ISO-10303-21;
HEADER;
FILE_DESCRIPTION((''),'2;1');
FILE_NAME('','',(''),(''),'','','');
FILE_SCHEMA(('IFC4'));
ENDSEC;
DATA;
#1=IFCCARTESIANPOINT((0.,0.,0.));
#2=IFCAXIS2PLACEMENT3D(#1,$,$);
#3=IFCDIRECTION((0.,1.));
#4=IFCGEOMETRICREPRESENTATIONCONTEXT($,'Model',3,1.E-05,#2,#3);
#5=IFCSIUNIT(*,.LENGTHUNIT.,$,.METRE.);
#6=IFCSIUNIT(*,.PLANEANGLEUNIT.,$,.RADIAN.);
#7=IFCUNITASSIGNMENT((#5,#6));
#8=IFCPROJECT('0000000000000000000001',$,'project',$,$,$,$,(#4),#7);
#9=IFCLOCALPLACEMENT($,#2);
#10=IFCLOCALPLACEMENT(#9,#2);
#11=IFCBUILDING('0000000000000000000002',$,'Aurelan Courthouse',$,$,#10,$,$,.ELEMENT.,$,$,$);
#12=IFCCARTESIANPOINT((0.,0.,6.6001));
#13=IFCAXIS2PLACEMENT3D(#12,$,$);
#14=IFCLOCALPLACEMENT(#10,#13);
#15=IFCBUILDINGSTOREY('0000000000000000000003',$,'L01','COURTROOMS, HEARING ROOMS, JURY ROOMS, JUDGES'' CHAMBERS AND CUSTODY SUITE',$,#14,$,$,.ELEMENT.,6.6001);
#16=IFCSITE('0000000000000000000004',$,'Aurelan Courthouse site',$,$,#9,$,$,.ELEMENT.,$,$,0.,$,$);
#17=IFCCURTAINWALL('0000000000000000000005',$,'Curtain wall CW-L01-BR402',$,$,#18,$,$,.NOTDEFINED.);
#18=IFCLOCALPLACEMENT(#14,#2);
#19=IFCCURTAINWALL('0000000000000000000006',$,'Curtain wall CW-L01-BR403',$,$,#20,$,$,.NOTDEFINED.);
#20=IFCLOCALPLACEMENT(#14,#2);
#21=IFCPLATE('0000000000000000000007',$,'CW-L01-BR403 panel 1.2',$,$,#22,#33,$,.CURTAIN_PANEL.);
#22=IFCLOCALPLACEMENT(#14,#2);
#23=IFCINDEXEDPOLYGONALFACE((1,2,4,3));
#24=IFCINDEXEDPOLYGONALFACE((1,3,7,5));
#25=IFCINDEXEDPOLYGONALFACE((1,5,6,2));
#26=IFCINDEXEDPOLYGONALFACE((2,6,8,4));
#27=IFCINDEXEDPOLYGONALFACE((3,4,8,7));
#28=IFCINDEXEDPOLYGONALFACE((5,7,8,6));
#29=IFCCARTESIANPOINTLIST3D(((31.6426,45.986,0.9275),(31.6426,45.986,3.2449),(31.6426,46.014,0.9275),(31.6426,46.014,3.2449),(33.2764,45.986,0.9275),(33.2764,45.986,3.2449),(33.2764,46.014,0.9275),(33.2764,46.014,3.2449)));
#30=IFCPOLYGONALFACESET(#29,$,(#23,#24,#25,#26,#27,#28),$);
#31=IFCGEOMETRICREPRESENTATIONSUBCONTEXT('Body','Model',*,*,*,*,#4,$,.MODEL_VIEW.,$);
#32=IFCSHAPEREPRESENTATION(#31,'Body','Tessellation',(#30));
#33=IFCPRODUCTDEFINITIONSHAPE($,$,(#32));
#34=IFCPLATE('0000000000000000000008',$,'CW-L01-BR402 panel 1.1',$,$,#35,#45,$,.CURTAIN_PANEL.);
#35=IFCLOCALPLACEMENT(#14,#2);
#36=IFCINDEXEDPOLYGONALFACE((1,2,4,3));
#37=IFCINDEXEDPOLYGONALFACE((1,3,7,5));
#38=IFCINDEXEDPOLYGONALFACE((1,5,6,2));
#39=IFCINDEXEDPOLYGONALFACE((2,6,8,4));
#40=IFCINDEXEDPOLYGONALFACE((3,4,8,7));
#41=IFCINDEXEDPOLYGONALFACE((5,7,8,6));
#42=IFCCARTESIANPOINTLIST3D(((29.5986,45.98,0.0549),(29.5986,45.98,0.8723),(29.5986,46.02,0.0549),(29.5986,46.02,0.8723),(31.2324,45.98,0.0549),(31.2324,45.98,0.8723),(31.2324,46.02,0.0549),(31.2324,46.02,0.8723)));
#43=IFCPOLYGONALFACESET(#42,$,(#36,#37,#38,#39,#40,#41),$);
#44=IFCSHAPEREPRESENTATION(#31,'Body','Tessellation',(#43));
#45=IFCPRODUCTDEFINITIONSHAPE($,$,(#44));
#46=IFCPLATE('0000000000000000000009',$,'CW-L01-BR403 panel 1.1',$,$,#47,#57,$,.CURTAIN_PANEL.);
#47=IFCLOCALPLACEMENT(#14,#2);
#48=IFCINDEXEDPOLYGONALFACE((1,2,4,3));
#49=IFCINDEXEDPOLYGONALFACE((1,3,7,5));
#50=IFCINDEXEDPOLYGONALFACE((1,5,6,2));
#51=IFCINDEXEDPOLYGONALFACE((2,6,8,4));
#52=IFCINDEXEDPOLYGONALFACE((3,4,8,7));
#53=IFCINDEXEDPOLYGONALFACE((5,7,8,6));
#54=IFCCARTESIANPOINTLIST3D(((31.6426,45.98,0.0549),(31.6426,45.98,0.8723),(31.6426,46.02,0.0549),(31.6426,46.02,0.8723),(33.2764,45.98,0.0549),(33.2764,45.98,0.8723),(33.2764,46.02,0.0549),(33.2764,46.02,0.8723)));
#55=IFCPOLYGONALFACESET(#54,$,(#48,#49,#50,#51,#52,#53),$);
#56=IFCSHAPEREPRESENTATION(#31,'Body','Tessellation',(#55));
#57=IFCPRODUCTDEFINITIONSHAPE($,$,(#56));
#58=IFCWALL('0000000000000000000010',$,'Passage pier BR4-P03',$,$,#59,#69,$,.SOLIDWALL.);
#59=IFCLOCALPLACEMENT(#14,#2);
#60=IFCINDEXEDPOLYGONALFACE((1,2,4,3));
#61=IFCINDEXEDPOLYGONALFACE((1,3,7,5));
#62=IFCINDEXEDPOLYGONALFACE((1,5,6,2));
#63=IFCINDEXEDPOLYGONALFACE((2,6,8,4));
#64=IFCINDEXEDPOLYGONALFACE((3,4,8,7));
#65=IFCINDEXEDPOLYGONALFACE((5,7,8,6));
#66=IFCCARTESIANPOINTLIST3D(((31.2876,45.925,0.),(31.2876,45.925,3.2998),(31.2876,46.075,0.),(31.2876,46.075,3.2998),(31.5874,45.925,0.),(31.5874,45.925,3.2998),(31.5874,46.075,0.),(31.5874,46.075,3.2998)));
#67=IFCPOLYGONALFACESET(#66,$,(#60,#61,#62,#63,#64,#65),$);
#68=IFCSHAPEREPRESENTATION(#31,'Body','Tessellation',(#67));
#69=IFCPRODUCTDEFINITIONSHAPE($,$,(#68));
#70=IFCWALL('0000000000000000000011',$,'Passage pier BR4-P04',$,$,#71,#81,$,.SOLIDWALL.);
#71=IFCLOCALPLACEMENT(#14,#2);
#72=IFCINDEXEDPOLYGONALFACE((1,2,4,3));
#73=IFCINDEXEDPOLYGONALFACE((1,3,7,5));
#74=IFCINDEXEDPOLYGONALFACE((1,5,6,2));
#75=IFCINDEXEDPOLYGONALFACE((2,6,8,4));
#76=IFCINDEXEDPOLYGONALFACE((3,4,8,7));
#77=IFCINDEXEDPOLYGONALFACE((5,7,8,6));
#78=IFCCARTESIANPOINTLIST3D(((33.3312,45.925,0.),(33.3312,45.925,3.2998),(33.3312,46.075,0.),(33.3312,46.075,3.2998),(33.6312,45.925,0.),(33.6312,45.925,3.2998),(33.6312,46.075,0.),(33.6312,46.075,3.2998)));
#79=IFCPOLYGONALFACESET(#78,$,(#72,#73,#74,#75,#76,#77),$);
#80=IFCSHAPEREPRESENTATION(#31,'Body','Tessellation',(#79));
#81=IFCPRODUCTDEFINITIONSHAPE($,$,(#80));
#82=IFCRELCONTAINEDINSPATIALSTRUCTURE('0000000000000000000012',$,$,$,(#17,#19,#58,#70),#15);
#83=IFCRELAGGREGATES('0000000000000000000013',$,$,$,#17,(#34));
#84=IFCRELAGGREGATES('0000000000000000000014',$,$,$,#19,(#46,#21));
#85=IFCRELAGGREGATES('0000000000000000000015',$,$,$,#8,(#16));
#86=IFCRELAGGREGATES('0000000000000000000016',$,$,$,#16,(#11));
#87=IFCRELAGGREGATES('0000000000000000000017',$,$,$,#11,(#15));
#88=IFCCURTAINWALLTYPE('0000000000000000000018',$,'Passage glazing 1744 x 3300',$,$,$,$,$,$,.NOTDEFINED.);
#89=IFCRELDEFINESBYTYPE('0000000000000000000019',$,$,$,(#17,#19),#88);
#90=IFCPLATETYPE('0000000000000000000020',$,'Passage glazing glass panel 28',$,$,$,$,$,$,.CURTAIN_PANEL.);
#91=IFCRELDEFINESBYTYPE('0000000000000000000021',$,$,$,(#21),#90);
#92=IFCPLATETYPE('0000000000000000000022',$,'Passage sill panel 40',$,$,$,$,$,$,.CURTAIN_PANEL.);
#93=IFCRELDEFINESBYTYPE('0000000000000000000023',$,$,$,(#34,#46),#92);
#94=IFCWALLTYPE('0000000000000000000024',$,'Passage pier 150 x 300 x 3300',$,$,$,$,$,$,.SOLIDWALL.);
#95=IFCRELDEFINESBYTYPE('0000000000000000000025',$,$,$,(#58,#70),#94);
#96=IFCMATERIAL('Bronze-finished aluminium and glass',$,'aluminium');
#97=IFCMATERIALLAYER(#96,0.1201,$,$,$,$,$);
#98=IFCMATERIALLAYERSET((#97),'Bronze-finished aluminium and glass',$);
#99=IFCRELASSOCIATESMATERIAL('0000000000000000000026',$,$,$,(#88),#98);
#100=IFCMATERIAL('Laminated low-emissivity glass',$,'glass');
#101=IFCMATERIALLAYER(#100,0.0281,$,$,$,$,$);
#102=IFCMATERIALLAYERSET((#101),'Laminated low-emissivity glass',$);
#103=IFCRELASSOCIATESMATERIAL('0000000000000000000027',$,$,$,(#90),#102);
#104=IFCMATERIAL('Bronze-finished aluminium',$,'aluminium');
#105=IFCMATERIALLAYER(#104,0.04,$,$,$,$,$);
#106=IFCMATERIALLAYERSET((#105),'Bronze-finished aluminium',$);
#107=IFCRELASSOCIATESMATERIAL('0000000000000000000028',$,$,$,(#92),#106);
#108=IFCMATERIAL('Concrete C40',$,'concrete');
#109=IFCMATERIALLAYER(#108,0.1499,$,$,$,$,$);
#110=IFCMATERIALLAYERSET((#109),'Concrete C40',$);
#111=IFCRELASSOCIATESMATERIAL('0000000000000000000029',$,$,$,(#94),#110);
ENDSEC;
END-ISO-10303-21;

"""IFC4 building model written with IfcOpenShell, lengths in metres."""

from ifc_helpers import new_model, si_unit, direction, frame, frame_2d, origin, origin_2d, place, context, subcontext, project, spatial, rectangle, extrude, material, layer, layer_set, type_object, element, aggregate, save


model = new_model("IFC4")

# Units and contexts
model_context = context("Model", 3, precision=1e-05, world=origin(), true_north=direction((0.0, 1.0)))
body_context = subcontext(model_context, "Body", "Model", "MODEL_VIEW")
ifc_project = project(units=[si_unit("LENGTHUNIT", "METRE"), si_unit("PLANEANGLEUNIT", "RADIAN")], contexts=[model_context])

# Site, building, storey
site_placement = place(None, origin())
site = spatial("IfcSite", under=ifc_project, at=site_placement, Name="Aurelan Courthouse site", CompositionType="ELEMENT", RefElevation=0.0)
building_placement = place(site_placement, origin())
building = spatial("IfcBuilding", under=site, at=building_placement, Name="Aurelan Courthouse", CompositionType="ELEMENT")
storey_placement = place(building_placement, frame((0.0, 0.0, 6.6001)))
storey = spatial("IfcBuildingStorey", under=building, at=storey_placement, Name="L01", Description="COURTROOMS, HEARING ROOMS, JURY ROOMS, JUDGES' CHAMBERS AND CUSTODY SUITE", CompositionType="ELEMENT", Elevation=6.6001)

# Curtain walls
ifc_material_1 = material(Name="Bronze-finished aluminium and glass", Category="aluminium")
ifc_layer_1 = layer(ifc_material_1, 0.1201)
ifc_layer_set_1 = layer_set([ifc_layer_1], Name="Bronze-finished aluminium and glass")
curtain_wall_type_1 = type_object("IfcCurtainWallType", Name="Passage glazing 1744 x 3300", PredefinedType="NOTDEFINED", material=ifc_layer_set_1)
curtain_wall_1_placement = place(storey_placement, origin())
curtain_wall_1 = element("IfcCurtainWall", 1, at=curtain_wall_1_placement, inside=storey, type_object=curtain_wall_type_1, Name="Curtain wall CW-L01-BR402", PredefinedType="NOTDEFINED")
ifc_material_2 = material(Name="Bronze-finished aluminium", Category="aluminium")
curtain_wall_2_placement = place(storey_placement, origin())
curtain_wall_2 = element("IfcCurtainWall", 2, at=curtain_wall_2_placement, inside=storey, type_object=curtain_wall_type_1, Name="Curtain wall CW-L01-BR403", PredefinedType="NOTDEFINED")

# Plates
ifc_material_3 = material(Name="Laminated low-emissivity glass", Category="glass")
ifc_layer_2 = layer(ifc_material_3, 0.0281)
ifc_layer_set_2 = layer_set([ifc_layer_2], Name="Laminated low-emissivity glass")
plate_type_1 = type_object("IfcPlateType", Name="Passage glazing glass panel 28", PredefinedType="CURTAIN_PANEL", material=ifc_layer_set_2)
plate_1_placement = place(storey_placement, frame((32.4595, 46.0, 0.9275), z_axis=(0.0, 0.0, 1.0), x_axis=(1.0, 0.0, 0.0)))
plate_1 = element("IfcPlate", 3, at=plate_1_placement, type_object=plate_type_1, Name="CW-L01-BR403 panel 1.2", PredefinedType="CURTAIN_PANEL", context=body_context, shape_type="SweptSolid", body=[
    extrude(rectangle(XDim=1.6338, YDim=0.0281, at=origin_2d()), origin(), (0.0, 0.0, 1.0), 2.3174),
])
ifc_layer_3 = layer(ifc_material_2, 0.04)
ifc_layer_set_3 = layer_set([ifc_layer_3], Name="Bronze-finished aluminium")
plate_type_2 = type_object("IfcPlateType", Name="Passage sill panel 40", PredefinedType="CURTAIN_PANEL", material=ifc_layer_set_3)
plate_2_placement = place(storey_placement, frame((30.4155, 46.0, 0.0549), z_axis=(0.0, 0.0, 1.0), x_axis=(1.0, 0.0, 0.0)))
plate_2 = element("IfcPlate", 4, at=plate_2_placement, type_object=plate_type_2, Name="CW-L01-BR402 panel 1.1", PredefinedType="CURTAIN_PANEL", context=body_context, shape_type="SweptSolid", body=[
    extrude(rectangle(XDim=1.6338, YDim=0.04, at=origin_2d()), origin(), (0.0, 0.0, 1.0), 0.8174),
])
aggregate(curtain_wall_1, [plate_2])
plate_3_placement = place(storey_placement, frame((32.4595, 46.0, 0.0549), z_axis=(0.0, 0.0, 1.0), x_axis=(1.0, 0.0, 0.0)))
plate_3 = element("IfcPlate", 5, at=plate_3_placement, type_object=plate_type_2, Name="CW-L01-BR403 panel 1.1", PredefinedType="CURTAIN_PANEL", context=body_context, shape_type="SweptSolid", body=[
    extrude(rectangle(XDim=1.6338, YDim=0.04, at=origin_2d()), origin(), (0.0, 0.0, 1.0), 0.8174),
])
aggregate(curtain_wall_2, [plate_3, plate_1])

# Walls
ifc_material_4 = material(Name="Concrete C40", Category="concrete")
ifc_layer_4 = layer(ifc_material_4, 0.1499)
ifc_layer_set_4 = layer_set([ifc_layer_4], Name="Concrete C40")
wall_type = type_object("IfcWallType", Name="Passage pier 150 x 300 x 3300", PredefinedType="SOLIDWALL", material=ifc_layer_set_4)
wall_1_placement = place(storey_placement, frame((31.2876, 46.0, 0.0), z_axis=(0.0, 0.0, 1.0), x_axis=(1.0, 0.0, 0.0)))
element("IfcWall", 6, at=wall_1_placement, inside=storey, type_object=wall_type, Name="Passage pier BR4-P03", PredefinedType="SOLIDWALL", context=body_context, shape_type="SweptSolid", body=[
    extrude(rectangle(XDim=0.2998, YDim=0.1499, at=frame_2d((0.1499, 0.0))), origin(), (0.0, 0.0, 1.0), 3.2998),
])
wall_2_placement = place(storey_placement, frame((33.3313, 46.0, 0.0), z_axis=(0.0, 0.0, 1.0), x_axis=(1.0, 0.0, 0.0)))
element("IfcWall", 7, at=wall_2_placement, inside=storey, type_object=wall_type, Name="Passage pier BR4-P04", PredefinedType="SOLIDWALL", context=body_context, shape_type="SweptSolid", body=[
    extrude(rectangle(XDim=0.3, YDim=0.1499, at=frame_2d((0.1499, 0.0))), origin(), (0.0, 0.0, 1.0), 3.2998),
])

save(model, "model.ifc")
